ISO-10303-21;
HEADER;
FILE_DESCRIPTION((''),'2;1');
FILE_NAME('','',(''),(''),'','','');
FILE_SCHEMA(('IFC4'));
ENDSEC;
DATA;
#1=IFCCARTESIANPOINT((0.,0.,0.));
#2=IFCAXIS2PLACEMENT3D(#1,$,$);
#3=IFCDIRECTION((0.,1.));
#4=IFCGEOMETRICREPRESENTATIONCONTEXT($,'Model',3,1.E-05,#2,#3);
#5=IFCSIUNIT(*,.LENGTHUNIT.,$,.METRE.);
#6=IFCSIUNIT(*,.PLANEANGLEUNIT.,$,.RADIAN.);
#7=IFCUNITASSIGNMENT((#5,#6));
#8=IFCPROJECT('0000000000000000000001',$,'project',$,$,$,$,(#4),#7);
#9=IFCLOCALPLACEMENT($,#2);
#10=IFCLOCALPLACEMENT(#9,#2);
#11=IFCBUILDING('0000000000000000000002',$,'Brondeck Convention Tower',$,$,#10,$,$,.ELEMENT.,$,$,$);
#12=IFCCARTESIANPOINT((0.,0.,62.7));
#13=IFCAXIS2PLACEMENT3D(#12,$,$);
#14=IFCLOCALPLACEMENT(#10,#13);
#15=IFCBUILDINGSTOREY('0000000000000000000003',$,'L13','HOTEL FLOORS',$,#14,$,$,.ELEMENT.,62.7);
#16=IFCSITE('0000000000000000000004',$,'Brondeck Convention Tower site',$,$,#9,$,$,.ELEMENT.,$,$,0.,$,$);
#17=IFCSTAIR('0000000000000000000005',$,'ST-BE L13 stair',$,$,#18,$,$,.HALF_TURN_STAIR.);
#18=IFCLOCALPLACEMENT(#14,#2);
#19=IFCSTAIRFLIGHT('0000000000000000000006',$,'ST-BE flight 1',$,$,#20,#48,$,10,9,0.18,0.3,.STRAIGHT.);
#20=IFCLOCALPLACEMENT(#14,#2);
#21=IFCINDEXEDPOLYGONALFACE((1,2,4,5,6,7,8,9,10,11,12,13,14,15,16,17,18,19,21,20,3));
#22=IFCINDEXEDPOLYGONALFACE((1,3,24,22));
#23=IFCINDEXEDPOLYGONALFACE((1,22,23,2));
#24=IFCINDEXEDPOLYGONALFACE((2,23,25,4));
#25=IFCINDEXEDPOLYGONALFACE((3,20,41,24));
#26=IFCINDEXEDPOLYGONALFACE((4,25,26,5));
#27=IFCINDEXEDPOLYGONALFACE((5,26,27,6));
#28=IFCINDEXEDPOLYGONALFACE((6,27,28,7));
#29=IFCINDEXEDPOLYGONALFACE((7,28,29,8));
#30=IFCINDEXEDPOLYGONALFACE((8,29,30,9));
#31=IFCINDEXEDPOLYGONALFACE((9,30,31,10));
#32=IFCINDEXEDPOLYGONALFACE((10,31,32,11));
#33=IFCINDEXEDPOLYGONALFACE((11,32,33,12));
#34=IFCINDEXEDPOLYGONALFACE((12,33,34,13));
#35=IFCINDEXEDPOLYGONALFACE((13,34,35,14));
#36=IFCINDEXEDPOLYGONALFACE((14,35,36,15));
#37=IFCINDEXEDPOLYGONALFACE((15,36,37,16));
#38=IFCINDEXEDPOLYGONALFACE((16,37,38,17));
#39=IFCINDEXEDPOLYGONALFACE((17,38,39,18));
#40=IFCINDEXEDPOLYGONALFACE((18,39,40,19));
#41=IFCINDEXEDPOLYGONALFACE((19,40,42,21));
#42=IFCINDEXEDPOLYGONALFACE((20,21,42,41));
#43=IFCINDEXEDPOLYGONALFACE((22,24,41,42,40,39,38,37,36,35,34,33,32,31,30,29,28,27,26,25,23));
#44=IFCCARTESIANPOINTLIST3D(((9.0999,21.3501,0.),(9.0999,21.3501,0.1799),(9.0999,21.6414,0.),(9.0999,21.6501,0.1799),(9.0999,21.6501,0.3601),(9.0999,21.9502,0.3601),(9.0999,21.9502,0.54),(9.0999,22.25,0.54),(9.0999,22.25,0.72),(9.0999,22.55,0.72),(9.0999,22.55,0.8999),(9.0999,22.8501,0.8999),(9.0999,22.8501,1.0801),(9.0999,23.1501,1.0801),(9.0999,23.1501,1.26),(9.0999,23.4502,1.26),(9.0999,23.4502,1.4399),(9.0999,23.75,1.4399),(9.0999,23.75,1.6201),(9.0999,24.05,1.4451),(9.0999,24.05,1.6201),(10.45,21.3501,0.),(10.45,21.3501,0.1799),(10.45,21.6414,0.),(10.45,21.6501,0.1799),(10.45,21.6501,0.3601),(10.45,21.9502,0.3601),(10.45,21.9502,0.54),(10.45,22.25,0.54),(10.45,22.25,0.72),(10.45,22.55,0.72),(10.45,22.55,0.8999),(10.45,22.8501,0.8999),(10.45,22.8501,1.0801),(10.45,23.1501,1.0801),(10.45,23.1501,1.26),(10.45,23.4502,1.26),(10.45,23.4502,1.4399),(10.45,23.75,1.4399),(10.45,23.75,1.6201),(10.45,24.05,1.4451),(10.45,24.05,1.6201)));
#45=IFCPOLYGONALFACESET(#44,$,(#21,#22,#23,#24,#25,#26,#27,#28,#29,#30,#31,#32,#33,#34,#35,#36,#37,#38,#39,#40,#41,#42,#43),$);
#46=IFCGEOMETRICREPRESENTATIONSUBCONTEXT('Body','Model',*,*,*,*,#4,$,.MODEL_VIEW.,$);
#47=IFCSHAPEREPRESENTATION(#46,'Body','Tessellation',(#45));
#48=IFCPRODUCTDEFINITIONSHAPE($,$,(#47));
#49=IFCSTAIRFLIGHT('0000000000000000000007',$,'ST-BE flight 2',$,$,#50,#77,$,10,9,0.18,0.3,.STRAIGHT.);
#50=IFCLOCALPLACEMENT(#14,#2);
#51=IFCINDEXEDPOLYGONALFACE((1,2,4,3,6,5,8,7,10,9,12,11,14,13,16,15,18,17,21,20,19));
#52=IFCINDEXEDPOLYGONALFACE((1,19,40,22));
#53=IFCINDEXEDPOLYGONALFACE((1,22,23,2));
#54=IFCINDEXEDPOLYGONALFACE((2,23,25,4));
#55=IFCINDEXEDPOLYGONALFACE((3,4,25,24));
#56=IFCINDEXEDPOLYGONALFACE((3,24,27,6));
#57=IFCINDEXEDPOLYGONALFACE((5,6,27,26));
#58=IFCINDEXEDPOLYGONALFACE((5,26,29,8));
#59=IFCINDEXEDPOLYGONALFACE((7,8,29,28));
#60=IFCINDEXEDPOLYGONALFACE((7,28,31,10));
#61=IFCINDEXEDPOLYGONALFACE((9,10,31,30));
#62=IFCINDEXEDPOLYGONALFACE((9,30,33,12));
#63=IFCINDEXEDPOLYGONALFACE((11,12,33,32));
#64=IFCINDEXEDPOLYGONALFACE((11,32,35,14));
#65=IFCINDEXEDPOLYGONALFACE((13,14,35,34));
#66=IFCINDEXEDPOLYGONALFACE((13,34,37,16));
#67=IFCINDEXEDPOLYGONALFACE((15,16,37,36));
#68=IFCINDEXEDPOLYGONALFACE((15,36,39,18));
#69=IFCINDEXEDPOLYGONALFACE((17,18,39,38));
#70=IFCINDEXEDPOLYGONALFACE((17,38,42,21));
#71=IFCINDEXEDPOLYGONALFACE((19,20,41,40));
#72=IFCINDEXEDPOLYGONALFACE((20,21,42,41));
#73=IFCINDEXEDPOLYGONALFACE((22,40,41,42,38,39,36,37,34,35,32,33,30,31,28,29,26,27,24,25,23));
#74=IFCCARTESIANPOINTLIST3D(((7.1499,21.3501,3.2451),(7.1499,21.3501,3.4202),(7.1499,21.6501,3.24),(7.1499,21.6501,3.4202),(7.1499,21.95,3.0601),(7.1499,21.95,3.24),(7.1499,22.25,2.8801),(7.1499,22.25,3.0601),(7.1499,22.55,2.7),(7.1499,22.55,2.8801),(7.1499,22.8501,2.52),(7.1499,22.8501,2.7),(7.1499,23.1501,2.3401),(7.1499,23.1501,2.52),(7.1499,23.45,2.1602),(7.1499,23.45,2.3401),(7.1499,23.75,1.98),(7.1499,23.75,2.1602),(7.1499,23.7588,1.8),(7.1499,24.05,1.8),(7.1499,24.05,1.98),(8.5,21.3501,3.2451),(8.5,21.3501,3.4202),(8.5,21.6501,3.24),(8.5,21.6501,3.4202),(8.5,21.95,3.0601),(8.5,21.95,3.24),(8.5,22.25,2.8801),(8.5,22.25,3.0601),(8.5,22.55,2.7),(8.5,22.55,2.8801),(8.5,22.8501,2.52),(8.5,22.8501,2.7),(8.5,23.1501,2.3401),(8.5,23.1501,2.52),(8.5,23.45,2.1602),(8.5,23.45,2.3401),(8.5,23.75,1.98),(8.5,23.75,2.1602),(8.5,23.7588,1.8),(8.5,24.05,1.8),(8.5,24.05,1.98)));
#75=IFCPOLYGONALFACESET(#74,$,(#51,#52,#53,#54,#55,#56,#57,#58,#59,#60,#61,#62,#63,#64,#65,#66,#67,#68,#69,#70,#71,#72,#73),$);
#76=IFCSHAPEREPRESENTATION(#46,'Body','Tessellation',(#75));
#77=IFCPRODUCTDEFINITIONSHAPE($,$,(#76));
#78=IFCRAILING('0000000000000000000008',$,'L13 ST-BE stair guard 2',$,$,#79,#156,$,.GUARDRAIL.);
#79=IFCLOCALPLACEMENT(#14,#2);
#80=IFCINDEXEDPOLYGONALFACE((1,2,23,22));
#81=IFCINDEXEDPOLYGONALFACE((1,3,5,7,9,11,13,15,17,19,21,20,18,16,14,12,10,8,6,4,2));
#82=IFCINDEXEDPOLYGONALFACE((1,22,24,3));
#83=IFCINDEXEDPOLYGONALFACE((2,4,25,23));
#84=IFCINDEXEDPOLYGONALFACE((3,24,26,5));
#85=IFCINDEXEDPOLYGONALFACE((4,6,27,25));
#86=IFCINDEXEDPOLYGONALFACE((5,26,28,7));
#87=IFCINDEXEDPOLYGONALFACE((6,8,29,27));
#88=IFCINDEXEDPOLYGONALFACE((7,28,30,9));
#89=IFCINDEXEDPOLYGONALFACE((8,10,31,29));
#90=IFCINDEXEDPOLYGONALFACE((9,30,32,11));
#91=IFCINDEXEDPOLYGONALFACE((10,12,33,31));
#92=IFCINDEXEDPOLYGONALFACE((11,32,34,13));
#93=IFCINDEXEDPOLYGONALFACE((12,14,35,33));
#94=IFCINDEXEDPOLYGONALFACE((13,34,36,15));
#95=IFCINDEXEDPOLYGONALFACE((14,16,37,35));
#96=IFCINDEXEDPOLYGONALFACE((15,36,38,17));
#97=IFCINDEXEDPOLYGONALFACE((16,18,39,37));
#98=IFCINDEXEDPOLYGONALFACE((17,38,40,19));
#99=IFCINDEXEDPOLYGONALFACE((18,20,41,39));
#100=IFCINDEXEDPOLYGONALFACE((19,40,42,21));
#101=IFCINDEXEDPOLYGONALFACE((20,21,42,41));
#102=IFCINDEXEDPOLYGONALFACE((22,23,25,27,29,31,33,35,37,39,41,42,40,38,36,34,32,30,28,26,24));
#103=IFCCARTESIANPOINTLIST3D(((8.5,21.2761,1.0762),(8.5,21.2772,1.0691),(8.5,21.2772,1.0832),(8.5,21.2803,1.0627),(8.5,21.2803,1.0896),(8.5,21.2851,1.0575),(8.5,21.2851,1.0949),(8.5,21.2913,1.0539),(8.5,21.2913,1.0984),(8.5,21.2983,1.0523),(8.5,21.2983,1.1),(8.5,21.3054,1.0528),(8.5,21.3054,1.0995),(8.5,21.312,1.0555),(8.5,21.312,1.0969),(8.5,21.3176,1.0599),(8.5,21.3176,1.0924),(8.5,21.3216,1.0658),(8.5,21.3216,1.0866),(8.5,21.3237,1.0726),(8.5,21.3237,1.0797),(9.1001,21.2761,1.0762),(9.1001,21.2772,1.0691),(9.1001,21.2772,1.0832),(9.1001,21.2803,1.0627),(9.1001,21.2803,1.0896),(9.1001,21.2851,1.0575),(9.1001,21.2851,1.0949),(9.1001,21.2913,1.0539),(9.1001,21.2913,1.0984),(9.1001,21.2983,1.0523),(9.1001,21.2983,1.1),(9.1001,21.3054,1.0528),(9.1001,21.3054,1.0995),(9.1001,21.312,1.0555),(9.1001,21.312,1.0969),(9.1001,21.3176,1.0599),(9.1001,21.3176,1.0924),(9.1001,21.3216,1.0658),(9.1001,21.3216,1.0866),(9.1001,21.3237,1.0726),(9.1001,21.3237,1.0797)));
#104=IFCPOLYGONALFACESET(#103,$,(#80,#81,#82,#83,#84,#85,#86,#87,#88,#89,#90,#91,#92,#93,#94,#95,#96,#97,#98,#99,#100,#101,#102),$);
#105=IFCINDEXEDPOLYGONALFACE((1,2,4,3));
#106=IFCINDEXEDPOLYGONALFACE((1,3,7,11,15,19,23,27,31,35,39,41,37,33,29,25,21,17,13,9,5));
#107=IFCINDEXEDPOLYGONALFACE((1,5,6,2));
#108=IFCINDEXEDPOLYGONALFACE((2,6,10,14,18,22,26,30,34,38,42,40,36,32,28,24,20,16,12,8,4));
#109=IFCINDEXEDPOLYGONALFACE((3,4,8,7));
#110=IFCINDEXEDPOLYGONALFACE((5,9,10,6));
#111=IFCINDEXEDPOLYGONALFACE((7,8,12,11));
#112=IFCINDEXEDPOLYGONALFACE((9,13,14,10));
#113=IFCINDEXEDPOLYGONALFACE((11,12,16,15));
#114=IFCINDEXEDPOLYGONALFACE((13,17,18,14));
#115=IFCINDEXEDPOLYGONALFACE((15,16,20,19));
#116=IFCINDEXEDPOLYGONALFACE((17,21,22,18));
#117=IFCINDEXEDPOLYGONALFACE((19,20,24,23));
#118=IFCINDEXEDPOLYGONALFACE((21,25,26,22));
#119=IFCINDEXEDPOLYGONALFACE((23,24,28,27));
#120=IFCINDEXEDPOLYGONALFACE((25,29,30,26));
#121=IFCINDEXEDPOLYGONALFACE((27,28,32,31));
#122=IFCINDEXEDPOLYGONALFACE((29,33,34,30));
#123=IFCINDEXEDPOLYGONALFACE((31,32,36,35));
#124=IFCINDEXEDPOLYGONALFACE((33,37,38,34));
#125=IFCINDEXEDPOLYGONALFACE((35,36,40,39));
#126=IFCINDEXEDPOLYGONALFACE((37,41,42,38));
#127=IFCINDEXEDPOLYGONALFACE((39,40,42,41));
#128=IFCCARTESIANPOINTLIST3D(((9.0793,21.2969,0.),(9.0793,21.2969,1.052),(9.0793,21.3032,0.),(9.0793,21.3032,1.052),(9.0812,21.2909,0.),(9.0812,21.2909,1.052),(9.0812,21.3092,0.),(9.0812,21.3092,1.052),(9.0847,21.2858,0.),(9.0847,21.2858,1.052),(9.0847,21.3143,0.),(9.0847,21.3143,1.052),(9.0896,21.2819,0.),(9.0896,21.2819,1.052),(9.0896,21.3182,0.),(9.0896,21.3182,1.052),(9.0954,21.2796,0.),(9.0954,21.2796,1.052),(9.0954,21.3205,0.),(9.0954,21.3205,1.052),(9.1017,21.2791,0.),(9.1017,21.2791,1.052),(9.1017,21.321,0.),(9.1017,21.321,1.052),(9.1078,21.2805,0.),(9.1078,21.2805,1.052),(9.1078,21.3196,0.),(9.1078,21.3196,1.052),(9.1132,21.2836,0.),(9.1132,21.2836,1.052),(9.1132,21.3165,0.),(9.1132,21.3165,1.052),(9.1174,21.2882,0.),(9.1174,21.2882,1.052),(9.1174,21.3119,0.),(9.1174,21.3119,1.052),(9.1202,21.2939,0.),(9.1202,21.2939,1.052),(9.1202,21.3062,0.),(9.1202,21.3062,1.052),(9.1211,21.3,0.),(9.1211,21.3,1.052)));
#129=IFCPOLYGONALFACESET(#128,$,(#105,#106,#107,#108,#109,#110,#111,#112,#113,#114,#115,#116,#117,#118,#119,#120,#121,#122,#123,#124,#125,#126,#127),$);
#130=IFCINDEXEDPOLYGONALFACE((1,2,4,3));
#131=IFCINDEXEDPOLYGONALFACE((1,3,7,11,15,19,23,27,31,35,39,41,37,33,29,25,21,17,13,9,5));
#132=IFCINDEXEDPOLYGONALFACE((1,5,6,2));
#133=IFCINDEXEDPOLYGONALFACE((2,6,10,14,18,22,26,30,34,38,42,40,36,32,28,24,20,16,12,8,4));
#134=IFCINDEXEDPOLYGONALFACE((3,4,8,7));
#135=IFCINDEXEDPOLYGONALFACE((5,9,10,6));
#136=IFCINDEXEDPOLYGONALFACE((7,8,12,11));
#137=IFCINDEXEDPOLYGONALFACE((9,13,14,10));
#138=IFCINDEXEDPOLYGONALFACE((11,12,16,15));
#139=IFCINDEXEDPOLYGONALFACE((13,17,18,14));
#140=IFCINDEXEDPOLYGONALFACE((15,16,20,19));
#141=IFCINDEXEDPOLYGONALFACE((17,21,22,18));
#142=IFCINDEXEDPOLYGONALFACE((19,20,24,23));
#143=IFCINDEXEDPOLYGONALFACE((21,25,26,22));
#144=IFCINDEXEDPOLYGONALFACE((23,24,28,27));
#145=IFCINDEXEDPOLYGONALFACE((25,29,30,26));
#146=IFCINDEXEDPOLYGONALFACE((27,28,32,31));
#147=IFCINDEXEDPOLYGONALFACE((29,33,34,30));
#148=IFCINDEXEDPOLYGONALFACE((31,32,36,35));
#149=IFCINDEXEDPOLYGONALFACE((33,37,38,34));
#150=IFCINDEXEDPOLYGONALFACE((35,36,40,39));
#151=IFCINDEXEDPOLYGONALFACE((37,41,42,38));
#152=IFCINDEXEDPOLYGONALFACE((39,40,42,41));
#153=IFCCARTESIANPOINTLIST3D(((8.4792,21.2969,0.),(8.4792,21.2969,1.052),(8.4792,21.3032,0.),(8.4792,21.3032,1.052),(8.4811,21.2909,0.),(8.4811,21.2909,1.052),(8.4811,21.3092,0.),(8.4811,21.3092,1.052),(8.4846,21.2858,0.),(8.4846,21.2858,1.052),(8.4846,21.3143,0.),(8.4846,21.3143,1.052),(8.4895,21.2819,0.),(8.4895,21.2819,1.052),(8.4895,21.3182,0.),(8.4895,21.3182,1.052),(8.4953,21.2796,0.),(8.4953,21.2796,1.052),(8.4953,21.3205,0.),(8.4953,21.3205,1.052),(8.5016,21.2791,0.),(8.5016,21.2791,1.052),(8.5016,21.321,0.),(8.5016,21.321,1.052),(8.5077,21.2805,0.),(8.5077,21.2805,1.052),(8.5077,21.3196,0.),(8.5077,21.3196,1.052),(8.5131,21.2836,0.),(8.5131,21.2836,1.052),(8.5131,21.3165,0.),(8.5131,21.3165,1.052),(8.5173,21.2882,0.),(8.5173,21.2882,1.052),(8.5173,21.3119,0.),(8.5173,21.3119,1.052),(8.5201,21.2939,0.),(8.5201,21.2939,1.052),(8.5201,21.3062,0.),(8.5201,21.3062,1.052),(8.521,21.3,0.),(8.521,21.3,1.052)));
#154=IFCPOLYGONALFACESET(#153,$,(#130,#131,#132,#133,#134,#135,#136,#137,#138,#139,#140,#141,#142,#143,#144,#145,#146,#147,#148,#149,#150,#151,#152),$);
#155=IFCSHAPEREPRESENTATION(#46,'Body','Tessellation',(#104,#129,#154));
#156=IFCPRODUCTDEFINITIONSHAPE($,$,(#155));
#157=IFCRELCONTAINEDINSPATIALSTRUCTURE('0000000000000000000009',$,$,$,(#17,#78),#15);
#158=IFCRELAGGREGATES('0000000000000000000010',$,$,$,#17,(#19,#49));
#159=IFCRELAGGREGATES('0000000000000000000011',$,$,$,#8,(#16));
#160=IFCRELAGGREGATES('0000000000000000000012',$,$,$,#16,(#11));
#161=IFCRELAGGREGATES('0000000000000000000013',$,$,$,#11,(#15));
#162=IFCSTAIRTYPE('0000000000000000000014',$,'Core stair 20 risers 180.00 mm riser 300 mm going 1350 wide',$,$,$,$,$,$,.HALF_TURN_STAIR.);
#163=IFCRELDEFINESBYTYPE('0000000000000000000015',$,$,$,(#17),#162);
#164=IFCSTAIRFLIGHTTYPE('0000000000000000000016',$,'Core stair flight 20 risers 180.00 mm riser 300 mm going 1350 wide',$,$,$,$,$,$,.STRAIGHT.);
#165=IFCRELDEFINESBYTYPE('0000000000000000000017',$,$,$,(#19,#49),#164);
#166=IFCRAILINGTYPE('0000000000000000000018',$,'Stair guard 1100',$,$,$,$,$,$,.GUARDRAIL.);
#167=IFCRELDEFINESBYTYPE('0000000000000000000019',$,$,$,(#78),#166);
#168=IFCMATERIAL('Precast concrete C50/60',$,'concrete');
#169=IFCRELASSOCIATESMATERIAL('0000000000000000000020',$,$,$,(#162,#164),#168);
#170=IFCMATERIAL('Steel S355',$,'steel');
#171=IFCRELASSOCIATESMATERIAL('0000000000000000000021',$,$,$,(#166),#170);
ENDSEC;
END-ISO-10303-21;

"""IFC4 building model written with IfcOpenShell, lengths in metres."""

from ifc_helpers import new_model, si_unit, direction, frame, origin, origin_2d, place, context, subcontext, project, spatial, polyline, circle, outline, extrude, material, type_object, element, aggregate, save


model = new_model("IFC4")

# Units and contexts
model_context = context("Model", 3, precision=1e-05, world=origin(), true_north=direction((0.0, 1.0)))
body_context = subcontext(model_context, "Body", "Model", "MODEL_VIEW")
ifc_project = project(units=[si_unit("LENGTHUNIT", "METRE"), si_unit("PLANEANGLEUNIT", "RADIAN")], contexts=[model_context])

# Site, building, storey
site_placement = place(None, origin())
site = spatial("IfcSite", under=ifc_project, at=site_placement, Name="Brondeck Convention Tower site", CompositionType="ELEMENT", RefElevation=0.0)
building_placement = place(site_placement, origin())
building = spatial("IfcBuilding", under=site, at=building_placement, Name="Brondeck Convention Tower", CompositionType="ELEMENT")
storey_placement = place(building_placement, frame((0.0, 0.0, 62.7)))
storey = spatial("IfcBuildingStorey", under=building, at=storey_placement, Name="L13", Description="HOTEL FLOORS", CompositionType="ELEMENT", Elevation=62.7)

# Shared definitions
ifc_material_1 = material(Name="Steel S355", Category="steel")

# Stair, stair flights
ifc_material_2 = material(Name="Precast concrete C50/60", Category="concrete")
stair_type = type_object("IfcStairType", Name="Core stair 20 risers 180.00 mm riser 300 mm going 1350 wide", PredefinedType="HALF_TURN_STAIR", material=ifc_material_2)
stair_placement = place(storey_placement, origin())
stair = element("IfcStair", 1, at=stair_placement, inside=storey, type_object=stair_type, Name="ST-BE L13 stair", PredefinedType="HALF_TURN_STAIR")
stair_flight_type = type_object("IfcStairFlightType", Name="Core stair flight 20 risers 180.00 mm riser 300 mm going 1350 wide", PredefinedType="STRAIGHT", material=ifc_material_2)
stair_flight_1_placement = place(storey_placement, frame((9.7749, 21.3501, 0.0), z_axis=(0.0, 0.0, 1.0), x_axis=(0.0, 1.0, 0.0)))
stair_flight_1 = element("IfcStairFlight", 2, at=stair_flight_1_placement, type_object=stair_flight_type, Name="ST-BE flight 1", NumberOfRisers=10, NumberOfTreads=9, PredefinedType="STRAIGHT", RiserHeight=0.18, TreadLength=0.3, context=body_context, shape_type="SweptSolid", body=[
    extrude(outline(polyline([(0.0, 0.0), (0.0, 0.1799), (0.3, 0.1799), (0.3, 0.3601), (0.6001, 0.3601), (0.6001, 0.54), (0.8999, 0.54), (0.8999, 0.72), (1.2, 0.72), (1.2, 0.8999), (1.5, 0.8999), (1.5, 1.0801), (1.8, 1.0801), (1.8, 1.26), (2.1001, 1.26), (2.1001, 1.4399), (2.3999, 1.4399), (2.3999, 1.6201), (2.7, 1.6201), (2.7, 1.8), (2.7, 1.4451), (0.2913, 0.0), (0.0, 0.0)])), frame((0.0, 0.675, 0.0), z_axis=(0.0, -1.0, 0.0), x_axis=(1.0, 0.0, 0.0)), (0.0, 0.0, 1.0), 1.3501),
])
stair_flight_2_placement = place(storey_placement, frame((7.825, 24.05, 1.8), z_axis=(0.0, 0.0, 1.0), x_axis=(0.0, -1.0, 0.0)))
stair_flight_2 = element("IfcStairFlight", 3, at=stair_flight_2_placement, type_object=stair_flight_type, Name="ST-BE flight 2", NumberOfRisers=10, NumberOfTreads=9, PredefinedType="STRAIGHT", RiserHeight=0.18, TreadLength=0.3, context=body_context, shape_type="SweptSolid", body=[
    extrude(outline(polyline([(0.0, 0.0), (0.0, 0.1799), (0.3, 0.1799), (0.3, 0.3601), (0.6001, 0.3601), (0.6001, 0.54), (0.8999, 0.54), (0.8999, 0.72), (1.2, 0.72), (1.2, 0.8999), (1.5, 0.8999), (1.5, 1.0801), (1.8, 1.0801), (1.8, 1.26), (2.1001, 1.26), (2.1001, 1.4399), (2.3999, 1.4399), (2.3999, 1.6201), (2.7, 1.6201), (2.7, 1.8), (2.7, 1.4451), (0.2913, 0.0), (0.0, 0.0)])), frame((0.0, 0.675, 0.0), z_axis=(0.0, -1.0, 0.0), x_axis=(1.0, 0.0, 0.0)), (0.0, 0.0, 1.0), 1.3501),
])
aggregate(stair, [stair_flight_1, stair_flight_2])

# Railing
railing_type_1 = type_object("IfcRailingType", Name="Stair guard 1100", PredefinedType="GUARDRAIL", material=ifc_material_1)
railing_1_placement = place(storey_placement, frame((9.1001, 21.3, 0.0)))
element("IfcRailing", 4, at=railing_1_placement, inside=storey, type_object=railing_type_1, Name="L13 ST-BE stair guard 2", PredefinedType="GUARDRAIL", context=body_context, shape_type="SweptSolid", body=[
    extrude(circle(Radius=0.0239, at=origin_2d()), frame((0.0, 0.0, 1.0762), z_axis=(-1.0, 0.0, 0.0), x_axis=(0.0, -1.0, 0.0)), (0.0, 0.0, 1.0), 0.6001),
    extrude(circle(Radius=0.021, at=origin_2d()), origin(), (0.0, 0.0, 1.0), 1.052),
    extrude(circle(Radius=0.021, at=origin_2d()), frame((-0.6001, 0.0, 0.0)), (0.0, 0.0, 1.0), 1.052),
])

save(model, "model.ifc")
